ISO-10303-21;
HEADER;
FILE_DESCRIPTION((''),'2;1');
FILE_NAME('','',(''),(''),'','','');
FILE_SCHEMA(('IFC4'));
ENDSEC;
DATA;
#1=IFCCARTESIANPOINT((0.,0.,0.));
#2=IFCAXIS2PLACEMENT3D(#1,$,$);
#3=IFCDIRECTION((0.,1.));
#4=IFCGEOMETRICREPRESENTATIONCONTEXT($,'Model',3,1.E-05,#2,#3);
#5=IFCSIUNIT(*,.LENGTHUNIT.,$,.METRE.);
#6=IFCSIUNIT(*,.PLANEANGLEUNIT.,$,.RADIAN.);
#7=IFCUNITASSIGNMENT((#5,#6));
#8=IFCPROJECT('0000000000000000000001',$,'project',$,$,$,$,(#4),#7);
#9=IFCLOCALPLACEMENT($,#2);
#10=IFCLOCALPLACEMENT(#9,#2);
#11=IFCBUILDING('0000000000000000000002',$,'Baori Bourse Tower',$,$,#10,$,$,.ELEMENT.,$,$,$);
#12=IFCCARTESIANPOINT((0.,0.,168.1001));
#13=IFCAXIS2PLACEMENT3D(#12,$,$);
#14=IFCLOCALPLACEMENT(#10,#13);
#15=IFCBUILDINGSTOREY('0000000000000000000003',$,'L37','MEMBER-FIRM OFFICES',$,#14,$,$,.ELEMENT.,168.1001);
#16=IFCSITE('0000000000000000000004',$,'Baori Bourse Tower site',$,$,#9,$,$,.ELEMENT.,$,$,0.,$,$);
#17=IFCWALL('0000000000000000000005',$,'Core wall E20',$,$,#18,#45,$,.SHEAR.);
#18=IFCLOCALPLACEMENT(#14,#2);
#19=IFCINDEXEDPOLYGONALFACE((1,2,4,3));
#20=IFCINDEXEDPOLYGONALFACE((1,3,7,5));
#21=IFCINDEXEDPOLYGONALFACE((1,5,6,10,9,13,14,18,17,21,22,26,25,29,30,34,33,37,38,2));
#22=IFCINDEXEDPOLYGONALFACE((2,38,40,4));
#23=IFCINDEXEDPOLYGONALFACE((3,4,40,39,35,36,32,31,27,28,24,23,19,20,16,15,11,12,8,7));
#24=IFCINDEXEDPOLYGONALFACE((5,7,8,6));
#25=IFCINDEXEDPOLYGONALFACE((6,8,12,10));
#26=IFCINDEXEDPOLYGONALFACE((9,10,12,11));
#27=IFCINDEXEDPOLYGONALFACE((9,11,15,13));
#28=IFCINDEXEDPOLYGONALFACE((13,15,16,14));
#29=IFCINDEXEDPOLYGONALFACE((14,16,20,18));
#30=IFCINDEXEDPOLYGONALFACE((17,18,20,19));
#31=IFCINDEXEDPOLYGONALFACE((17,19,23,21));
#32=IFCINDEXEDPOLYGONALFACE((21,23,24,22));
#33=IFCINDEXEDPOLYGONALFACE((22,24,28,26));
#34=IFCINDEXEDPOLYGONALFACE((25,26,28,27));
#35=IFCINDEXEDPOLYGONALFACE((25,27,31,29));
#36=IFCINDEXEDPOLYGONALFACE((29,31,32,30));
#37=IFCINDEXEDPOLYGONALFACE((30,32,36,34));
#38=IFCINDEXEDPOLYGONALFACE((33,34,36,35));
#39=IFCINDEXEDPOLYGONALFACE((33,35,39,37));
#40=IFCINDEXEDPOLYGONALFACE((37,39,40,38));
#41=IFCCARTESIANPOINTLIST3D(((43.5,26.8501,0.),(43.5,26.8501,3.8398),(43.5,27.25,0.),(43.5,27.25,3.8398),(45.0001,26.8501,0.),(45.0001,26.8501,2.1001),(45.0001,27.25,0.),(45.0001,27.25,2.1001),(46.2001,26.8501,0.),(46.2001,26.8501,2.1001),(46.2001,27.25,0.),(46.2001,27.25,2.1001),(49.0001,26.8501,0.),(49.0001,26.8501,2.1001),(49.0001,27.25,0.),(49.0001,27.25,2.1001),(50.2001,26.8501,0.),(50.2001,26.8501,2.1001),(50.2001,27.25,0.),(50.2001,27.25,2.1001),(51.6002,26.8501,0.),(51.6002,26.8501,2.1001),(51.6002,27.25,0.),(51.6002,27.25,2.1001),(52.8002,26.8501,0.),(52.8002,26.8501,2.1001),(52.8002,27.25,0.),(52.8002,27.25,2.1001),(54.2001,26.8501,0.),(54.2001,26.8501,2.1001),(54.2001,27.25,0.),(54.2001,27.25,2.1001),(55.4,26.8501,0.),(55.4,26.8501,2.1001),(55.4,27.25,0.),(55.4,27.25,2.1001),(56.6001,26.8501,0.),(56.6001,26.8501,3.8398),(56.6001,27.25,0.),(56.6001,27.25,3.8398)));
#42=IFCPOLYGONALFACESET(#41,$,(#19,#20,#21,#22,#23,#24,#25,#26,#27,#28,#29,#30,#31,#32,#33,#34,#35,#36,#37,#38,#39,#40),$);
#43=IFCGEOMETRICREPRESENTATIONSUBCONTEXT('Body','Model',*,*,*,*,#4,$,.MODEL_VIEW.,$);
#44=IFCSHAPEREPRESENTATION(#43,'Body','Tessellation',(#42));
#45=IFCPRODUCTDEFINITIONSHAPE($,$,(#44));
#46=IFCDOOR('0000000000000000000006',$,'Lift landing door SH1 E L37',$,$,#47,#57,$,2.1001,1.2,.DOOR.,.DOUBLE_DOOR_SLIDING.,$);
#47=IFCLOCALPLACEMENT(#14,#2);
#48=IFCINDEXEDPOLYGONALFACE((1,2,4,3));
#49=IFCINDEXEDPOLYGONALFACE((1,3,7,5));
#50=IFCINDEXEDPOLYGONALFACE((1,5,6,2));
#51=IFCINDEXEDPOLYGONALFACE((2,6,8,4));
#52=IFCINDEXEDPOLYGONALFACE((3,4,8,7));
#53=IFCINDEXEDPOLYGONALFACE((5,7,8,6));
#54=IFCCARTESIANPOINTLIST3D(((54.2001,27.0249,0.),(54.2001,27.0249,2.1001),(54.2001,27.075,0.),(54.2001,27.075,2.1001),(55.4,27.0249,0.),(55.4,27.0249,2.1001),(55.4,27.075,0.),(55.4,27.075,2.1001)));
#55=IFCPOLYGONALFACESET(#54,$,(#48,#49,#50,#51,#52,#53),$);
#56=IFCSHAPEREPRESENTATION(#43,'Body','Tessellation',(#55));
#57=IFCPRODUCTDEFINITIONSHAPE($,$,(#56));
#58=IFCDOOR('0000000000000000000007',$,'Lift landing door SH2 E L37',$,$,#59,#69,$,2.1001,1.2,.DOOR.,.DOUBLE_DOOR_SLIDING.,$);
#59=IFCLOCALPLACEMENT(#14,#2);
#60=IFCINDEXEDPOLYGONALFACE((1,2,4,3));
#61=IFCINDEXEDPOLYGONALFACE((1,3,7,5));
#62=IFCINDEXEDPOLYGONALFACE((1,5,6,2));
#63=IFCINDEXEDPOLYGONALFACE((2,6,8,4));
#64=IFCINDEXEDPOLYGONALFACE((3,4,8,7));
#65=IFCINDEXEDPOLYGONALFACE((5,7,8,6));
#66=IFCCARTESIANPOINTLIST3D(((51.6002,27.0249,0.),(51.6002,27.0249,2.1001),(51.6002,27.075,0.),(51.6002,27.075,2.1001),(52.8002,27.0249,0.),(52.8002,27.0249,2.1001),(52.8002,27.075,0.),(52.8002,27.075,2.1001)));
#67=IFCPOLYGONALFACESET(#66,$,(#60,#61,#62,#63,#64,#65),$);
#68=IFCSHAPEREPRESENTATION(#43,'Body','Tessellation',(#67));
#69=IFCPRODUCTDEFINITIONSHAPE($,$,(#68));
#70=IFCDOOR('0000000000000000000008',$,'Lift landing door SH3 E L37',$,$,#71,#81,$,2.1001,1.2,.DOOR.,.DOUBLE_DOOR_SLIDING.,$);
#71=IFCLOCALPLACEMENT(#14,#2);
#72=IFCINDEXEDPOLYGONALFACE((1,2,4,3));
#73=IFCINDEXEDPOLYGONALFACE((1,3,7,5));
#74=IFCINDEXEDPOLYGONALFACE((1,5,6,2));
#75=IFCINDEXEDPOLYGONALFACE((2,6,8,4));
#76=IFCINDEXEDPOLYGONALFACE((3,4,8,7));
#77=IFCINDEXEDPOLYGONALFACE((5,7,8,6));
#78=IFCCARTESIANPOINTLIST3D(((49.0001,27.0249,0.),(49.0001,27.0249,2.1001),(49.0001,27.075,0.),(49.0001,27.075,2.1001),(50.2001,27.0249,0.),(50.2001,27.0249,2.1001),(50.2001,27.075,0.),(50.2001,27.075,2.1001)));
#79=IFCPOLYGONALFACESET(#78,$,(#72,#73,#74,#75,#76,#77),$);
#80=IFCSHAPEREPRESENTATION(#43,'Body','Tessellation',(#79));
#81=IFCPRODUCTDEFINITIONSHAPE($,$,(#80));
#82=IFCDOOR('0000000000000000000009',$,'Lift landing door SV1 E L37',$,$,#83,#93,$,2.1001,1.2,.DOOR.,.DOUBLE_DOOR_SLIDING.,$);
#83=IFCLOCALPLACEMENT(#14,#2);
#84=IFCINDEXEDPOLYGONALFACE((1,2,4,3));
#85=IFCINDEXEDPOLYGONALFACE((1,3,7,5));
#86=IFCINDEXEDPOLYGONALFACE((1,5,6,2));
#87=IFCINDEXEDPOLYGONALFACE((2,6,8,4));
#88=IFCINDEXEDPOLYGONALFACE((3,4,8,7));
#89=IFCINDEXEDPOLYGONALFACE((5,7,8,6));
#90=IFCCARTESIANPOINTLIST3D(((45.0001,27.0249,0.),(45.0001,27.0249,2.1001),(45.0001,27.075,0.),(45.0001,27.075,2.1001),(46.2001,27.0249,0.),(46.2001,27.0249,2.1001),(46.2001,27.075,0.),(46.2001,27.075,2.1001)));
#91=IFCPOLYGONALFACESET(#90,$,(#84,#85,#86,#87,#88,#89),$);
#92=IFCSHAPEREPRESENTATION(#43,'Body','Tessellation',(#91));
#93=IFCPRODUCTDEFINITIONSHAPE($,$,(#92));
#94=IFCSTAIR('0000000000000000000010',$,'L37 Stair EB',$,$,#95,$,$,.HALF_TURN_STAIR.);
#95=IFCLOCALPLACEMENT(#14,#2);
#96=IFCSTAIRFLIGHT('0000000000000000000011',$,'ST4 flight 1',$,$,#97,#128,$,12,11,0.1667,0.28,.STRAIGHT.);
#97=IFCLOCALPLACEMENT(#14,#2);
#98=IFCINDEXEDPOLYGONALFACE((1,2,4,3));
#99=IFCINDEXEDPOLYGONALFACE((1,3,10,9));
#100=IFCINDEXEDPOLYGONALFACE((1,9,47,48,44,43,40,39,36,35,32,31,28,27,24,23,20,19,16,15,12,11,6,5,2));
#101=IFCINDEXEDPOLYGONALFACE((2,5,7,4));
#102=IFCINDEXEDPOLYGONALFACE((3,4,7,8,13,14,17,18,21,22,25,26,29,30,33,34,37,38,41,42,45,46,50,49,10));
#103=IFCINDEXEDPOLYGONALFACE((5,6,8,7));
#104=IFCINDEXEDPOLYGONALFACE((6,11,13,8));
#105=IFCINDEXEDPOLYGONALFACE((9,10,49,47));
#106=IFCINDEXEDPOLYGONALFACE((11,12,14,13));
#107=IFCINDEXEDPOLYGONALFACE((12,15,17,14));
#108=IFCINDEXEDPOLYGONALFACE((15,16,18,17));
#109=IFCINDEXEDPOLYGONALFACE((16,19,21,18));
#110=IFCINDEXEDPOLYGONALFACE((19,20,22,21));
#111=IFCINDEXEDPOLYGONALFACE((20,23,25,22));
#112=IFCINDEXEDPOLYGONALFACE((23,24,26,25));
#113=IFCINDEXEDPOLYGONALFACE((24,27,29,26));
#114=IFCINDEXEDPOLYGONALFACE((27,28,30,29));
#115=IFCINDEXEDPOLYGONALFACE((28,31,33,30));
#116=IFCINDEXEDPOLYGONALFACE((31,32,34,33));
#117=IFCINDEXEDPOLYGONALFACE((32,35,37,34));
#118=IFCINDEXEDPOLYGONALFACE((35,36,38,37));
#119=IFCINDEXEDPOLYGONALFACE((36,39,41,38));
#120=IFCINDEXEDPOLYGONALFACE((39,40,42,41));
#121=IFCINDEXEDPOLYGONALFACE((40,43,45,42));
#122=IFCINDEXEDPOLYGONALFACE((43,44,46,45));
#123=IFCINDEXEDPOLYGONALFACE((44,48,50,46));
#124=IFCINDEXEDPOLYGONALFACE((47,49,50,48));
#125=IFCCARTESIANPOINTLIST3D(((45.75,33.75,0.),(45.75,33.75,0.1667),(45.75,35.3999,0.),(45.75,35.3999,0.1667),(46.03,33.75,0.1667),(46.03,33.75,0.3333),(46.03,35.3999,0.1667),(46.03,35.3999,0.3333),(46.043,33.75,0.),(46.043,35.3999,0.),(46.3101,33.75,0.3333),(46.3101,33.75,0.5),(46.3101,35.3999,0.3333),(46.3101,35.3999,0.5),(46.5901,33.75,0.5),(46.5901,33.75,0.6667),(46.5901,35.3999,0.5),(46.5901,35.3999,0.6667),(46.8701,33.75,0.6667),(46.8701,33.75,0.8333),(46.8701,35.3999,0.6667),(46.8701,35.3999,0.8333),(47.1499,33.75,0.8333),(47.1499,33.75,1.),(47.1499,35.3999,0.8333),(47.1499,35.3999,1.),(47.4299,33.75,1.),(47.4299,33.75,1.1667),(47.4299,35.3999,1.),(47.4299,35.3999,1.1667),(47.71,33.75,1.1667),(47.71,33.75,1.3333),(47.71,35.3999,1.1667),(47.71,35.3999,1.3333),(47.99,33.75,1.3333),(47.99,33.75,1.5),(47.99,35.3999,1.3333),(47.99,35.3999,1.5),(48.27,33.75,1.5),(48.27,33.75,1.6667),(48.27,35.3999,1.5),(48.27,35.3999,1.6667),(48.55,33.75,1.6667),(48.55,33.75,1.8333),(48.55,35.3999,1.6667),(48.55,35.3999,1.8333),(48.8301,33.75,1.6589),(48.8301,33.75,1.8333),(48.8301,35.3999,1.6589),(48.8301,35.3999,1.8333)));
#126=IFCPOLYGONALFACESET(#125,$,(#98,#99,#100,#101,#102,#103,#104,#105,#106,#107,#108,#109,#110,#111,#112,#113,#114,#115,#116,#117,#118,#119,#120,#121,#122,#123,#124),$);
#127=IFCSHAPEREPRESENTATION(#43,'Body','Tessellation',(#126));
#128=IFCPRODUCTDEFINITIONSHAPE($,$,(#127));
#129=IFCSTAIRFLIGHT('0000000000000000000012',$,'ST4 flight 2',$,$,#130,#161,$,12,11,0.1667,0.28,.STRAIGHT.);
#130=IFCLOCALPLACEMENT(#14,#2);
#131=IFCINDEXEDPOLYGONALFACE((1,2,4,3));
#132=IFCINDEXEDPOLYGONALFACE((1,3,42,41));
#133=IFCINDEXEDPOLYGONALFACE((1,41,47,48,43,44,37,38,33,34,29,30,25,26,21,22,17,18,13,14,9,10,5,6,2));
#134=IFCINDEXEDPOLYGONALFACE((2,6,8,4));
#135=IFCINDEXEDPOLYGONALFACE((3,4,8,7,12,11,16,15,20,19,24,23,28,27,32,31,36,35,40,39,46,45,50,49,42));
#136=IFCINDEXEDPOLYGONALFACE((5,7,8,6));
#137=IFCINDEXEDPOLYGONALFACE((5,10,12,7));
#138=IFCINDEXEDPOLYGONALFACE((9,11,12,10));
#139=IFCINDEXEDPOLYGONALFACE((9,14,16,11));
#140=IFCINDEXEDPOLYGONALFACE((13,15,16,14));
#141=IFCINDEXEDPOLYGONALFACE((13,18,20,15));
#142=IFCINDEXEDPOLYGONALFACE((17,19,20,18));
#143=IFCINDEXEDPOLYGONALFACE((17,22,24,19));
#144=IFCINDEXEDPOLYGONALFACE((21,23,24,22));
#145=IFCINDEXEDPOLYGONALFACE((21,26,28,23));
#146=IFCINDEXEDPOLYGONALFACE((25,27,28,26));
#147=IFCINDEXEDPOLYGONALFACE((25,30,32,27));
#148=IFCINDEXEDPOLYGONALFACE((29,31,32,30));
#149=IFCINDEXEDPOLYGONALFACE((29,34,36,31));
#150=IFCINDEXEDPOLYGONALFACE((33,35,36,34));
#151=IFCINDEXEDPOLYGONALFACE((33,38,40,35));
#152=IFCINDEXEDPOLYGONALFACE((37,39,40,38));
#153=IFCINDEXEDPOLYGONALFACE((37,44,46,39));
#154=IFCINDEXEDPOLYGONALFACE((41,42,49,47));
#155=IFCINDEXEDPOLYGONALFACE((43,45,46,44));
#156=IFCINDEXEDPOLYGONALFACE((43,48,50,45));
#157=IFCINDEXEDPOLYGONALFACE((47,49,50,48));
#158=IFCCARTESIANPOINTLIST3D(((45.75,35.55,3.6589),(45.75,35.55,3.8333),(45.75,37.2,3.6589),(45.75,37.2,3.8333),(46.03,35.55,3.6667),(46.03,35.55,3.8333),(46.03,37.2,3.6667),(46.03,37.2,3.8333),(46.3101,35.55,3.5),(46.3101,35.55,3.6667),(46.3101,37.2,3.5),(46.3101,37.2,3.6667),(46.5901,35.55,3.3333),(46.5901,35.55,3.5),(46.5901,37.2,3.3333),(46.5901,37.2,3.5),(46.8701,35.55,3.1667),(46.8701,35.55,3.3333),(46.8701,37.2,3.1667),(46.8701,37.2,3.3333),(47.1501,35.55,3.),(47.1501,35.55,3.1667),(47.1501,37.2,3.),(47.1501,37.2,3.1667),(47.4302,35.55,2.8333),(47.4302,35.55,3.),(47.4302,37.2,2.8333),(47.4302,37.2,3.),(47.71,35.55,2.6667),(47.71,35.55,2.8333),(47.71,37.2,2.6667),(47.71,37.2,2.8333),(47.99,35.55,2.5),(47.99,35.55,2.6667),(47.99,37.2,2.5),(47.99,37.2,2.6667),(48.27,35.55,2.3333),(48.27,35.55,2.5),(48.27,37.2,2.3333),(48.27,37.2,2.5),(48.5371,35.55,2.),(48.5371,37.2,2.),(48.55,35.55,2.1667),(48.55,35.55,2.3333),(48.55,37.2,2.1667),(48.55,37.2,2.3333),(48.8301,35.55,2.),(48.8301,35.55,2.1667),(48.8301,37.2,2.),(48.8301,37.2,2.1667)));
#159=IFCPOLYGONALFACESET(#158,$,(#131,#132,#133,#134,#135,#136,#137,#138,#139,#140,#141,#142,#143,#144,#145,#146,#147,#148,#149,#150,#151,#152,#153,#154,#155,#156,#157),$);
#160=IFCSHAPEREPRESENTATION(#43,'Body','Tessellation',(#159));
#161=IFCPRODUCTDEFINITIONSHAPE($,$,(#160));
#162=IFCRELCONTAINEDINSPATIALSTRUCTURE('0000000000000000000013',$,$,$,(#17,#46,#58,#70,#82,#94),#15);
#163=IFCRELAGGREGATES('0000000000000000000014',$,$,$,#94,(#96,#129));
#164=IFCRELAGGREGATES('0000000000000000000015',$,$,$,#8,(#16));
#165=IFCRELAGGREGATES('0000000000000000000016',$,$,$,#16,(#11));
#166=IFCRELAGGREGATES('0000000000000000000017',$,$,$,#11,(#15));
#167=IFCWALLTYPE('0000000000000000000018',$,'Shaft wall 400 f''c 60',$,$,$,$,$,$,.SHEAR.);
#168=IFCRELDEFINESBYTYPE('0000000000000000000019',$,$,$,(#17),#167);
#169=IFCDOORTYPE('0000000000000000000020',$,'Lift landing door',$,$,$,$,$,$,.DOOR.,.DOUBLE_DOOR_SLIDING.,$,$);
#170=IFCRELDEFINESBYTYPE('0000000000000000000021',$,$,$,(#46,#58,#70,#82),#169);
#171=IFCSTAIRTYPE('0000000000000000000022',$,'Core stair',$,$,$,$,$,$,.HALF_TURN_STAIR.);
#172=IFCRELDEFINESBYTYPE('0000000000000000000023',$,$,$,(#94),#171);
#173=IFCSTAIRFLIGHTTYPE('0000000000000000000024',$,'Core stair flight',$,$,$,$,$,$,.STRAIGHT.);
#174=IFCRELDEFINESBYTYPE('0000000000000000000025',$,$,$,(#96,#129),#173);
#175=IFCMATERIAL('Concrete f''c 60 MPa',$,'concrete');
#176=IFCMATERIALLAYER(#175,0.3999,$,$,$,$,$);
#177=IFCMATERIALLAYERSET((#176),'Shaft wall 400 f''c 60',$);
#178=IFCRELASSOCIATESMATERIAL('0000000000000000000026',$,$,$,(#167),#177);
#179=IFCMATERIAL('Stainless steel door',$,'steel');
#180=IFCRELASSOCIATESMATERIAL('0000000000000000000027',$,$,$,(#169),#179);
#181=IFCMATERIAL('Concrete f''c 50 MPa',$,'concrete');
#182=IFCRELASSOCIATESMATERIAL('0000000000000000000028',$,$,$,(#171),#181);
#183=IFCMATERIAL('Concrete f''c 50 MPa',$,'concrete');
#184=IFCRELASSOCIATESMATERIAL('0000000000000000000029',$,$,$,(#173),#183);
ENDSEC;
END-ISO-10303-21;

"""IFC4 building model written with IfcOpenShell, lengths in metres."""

from ifc_helpers import new_model, si_unit, direction, frame, frame_2d, origin, place, context, subcontext, project, spatial, polyline, rectangle, outline, extrude, material, layer, layer_set, type_object, element, fill, aggregate, save


model = new_model("IFC4")

# Units and contexts
model_context = context("Model", 3, precision=1e-05, world=origin(), true_north=direction((0.0, 1.0)))
body_context = subcontext(model_context, "Body", "Model", "MODEL_VIEW")
ifc_project = project(units=[si_unit("LENGTHUNIT", "METRE"), si_unit("PLANEANGLEUNIT", "RADIAN")], contexts=[model_context])

# Site, building, storey
site_placement = place(None, origin())
site = spatial("IfcSite", under=ifc_project, at=site_placement, Name="Baori Bourse Tower site", CompositionType="ELEMENT", RefElevation=0.0)
building_placement = place(site_placement, origin())
building = spatial("IfcBuilding", under=site, at=building_placement, Name="Baori Bourse Tower", CompositionType="ELEMENT")
storey_placement = place(building_placement, frame((0.0, 0.0, 168.1001)))
storey = spatial("IfcBuildingStorey", under=building, at=storey_placement, Name="L37", Description="MEMBER-FIRM OFFICES", CompositionType="ELEMENT", Elevation=168.1001)

# Wall, openings, doors
ifc_material_1 = material(Name="Concrete f'c 60 MPa", Category="concrete")
ifc_layer_1 = layer(ifc_material_1, 0.3999)
ifc_layer_set_1 = layer_set([ifc_layer_1], Name="Shaft wall 400 f'c 60")
wall_type_1 = type_object("IfcWallType", Name="Shaft wall 400 f'c 60", PredefinedType="SHEAR", material=ifc_layer_set_1)
wall_1_placement = place(storey_placement, frame((43.5, 27.05, 0.0), z_axis=(0.0, 0.0, 1.0), x_axis=(1.0, 0.0, 0.0)))
wall_1 = element("IfcWall", 1, at=wall_1_placement, inside=storey, type_object=wall_type_1, Name="Core wall E20", PredefinedType="SHEAR", context=body_context, shape_type="SweptSolid", body=[
    extrude(rectangle(XDim=13.1001, YDim=0.3999, at=frame_2d((6.55, 0.0))), origin(), (0.0, 0.0, 1.0), 3.8398),
])
opening_1_placement = place(wall_1_placement, frame((10.7, 0.0, 0.0)))
opening_1 = element("IfcOpeningElement", 2, at=opening_1_placement, cuts=wall_1, PredefinedType="OPENING", context=body_context, shape_type="SweptSolid", body=[
    extrude(rectangle(XDim=1.2, YDim=2.1001, at=frame_2d((0.6001, 1.05))), frame((0.0, 0.21, 0.0), z_axis=(0.0, -1.0, 0.0), x_axis=(1.0, 0.0, 0.0)), (0.0, 0.0, 1.0), 0.4199),
])
opening_2_placement = place(wall_1_placement, frame((8.1001, 0.0, 0.0)))
opening_2 = element("IfcOpeningElement", 3, at=opening_2_placement, cuts=wall_1, PredefinedType="OPENING", context=body_context, shape_type="SweptSolid", body=[
    extrude(rectangle(XDim=1.2, YDim=2.1001, at=frame_2d((0.6001, 1.05))), frame((0.0, 0.21, 0.0), z_axis=(0.0, -1.0, 0.0), x_axis=(1.0, 0.0, 0.0)), (0.0, 0.0, 1.0), 0.4199),
])
opening_3_placement = place(wall_1_placement, frame((5.5, 0.0, 0.0)))
opening_3 = element("IfcOpeningElement", 4, at=opening_3_placement, cuts=wall_1, PredefinedType="OPENING", context=body_context, shape_type="SweptSolid", body=[
    extrude(rectangle(XDim=1.2, YDim=2.1001, at=frame_2d((0.6001, 1.05))), frame((0.0, 0.21, 0.0), z_axis=(0.0, -1.0, 0.0), x_axis=(1.0, 0.0, 0.0)), (0.0, 0.0, 1.0), 0.4199),
])
opening_4_placement = place(wall_1_placement, frame((1.5, 0.0, 0.0)))
opening_4 = element("IfcOpeningElement", 5, at=opening_4_placement, cuts=wall_1, PredefinedType="OPENING", context=body_context, shape_type="SweptSolid", body=[
    extrude(rectangle(XDim=1.2, YDim=2.1001, at=frame_2d((0.6001, 1.05))), frame((0.0, 0.21, 0.0), z_axis=(0.0, -1.0, 0.0), x_axis=(1.0, 0.0, 0.0)), (0.0, 0.0, 1.0), 0.4199),
])
ifc_material_2 = material(Name="Stainless steel door", Category="steel")
door_type_1 = type_object("IfcDoorType", Name="Lift landing door", OperationType="DOUBLE_DOOR_SLIDING", PredefinedType="DOOR", material=ifc_material_2)
door_1_placement = place(opening_1_placement, origin())
door_1 = element("IfcDoor", 6, at=door_1_placement, inside=storey, type_object=door_type_1, Name="Lift landing door SH1 E L37", OperationType="DOUBLE_DOOR_SLIDING", OverallHeight=2.1001, OverallWidth=1.2, PredefinedType="DOOR", context=body_context, shape_type="SweptSolid", body=[
    extrude(rectangle(XDim=1.2, YDim=2.1001, at=frame_2d((0.6001, 1.05))), frame((0.0, 0.0249, 0.0), z_axis=(0.0, -1.0, 0.0), x_axis=(1.0, 0.0, 0.0)), (0.0, 0.0, 1.0), 0.05),
])
fill(opening_1, door_1)
door_2_placement = place(opening_2_placement, origin())
door_2 = element("IfcDoor", 7, at=door_2_placement, inside=storey, type_object=door_type_1, Name="Lift landing door SH2 E L37", OperationType="DOUBLE_DOOR_SLIDING", OverallHeight=2.1001, OverallWidth=1.2, PredefinedType="DOOR", context=body_context, shape_type="SweptSolid", body=[
    extrude(rectangle(XDim=1.2, YDim=2.1001, at=frame_2d((0.6001, 1.05))), frame((0.0, 0.0249, 0.0), z_axis=(0.0, -1.0, 0.0), x_axis=(1.0, 0.0, 0.0)), (0.0, 0.0, 1.0), 0.05),
])
fill(opening_2, door_2)
door_3_placement = place(opening_3_placement, origin())
door_3 = element("IfcDoor", 8, at=door_3_placement, inside=storey, type_object=door_type_1, Name="Lift landing door SH3 E L37", OperationType="DOUBLE_DOOR_SLIDING", OverallHeight=2.1001, OverallWidth=1.2, PredefinedType="DOOR", context=body_context, shape_type="SweptSolid", body=[
    extrude(rectangle(XDim=1.2, YDim=2.1001, at=frame_2d((0.6001, 1.05))), frame((0.0, 0.0249, 0.0), z_axis=(0.0, -1.0, 0.0), x_axis=(1.0, 0.0, 0.0)), (0.0, 0.0, 1.0), 0.05),
])
fill(opening_3, door_3)
door_4_placement = place(opening_4_placement, origin())
door_4 = element("IfcDoor", 9, at=door_4_placement, inside=storey, type_object=door_type_1, Name="Lift landing door SV1 E L37", OperationType="DOUBLE_DOOR_SLIDING", OverallHeight=2.1001, OverallWidth=1.2, PredefinedType="DOOR", context=body_context, shape_type="SweptSolid", body=[
    extrude(rectangle(XDim=1.2, YDim=2.1001, at=frame_2d((0.6001, 1.05))), frame((0.0, 0.0249, 0.0), z_axis=(0.0, -1.0, 0.0), x_axis=(1.0, 0.0, 0.0)), (0.0, 0.0, 1.0), 0.05),
])
fill(opening_4, door_4)

# Stair, stair flights
ifc_material_3 = material(Name="Concrete f'c 50 MPa", Category="concrete")
stair_type = type_object("IfcStairType", Name="Core stair", PredefinedType="HALF_TURN_STAIR", material=ifc_material_3)
stair_placement = place(storey_placement, origin())
stair = element("IfcStair", 10, at=stair_placement, inside=storey, type_object=stair_type, Name="L37 Stair EB", PredefinedType="HALF_TURN_STAIR")
ifc_material_4 = material(Name="Concrete f'c 50 MPa", Category="concrete")
stair_flight_type = type_object("IfcStairFlightType", Name="Core stair flight", PredefinedType="STRAIGHT", material=ifc_material_4)
stair_flight_1_placement = place(storey_placement, frame((45.75, 34.575, 0.0), z_axis=(0.0, 0.0, 1.0), x_axis=(1.0, 0.0, 0.0)))
stair_flight_1 = element("IfcStairFlight", 11, at=stair_flight_1_placement, type_object=stair_flight_type, Name="ST4 flight 1", NumberOfRisers=12, NumberOfTreads=11, PredefinedType="STRAIGHT", RiserHeight=0.1667, TreadLength=0.28, context=body_context, shape_type="SweptSolid", body=[
    extrude(outline(polyline([(0.0, 0.0), (0.0, 0.1667), (0.28, 0.1667), (0.28, 0.3333), (0.5601, 0.3333), (0.5601, 0.5), (0.8401, 0.5), (0.8401, 0.6667), (1.1201, 0.6667), (1.1201, 0.8333), (1.3999, 0.8333), (1.3999, 1.0), (1.6799, 1.0), (1.6799, 1.1667), (1.96, 1.1667), (1.96, 1.3333), (2.24, 1.3333), (2.24, 1.5), (2.52, 1.5), (2.52, 1.6667), (2.8, 1.6667), (2.8, 1.8333), (3.0801, 1.8333), (3.0801, 2.0), (3.0801, 1.6589), (0.293, 0.0), (0.0, 0.0)])), frame((0.0, 0.825, 0.0), z_axis=(0.0, -1.0, 0.0), x_axis=(1.0, 0.0, 0.0)), (0.0, 0.0, 1.0), 1.6499),
])
stair_flight_2_placement = place(storey_placement, frame((48.8301, 36.375, 2.0), z_axis=(0.0, 0.0, 1.0), x_axis=(-1.0, 0.0, 0.0)))
stair_flight_2 = element("IfcStairFlight", 12, at=stair_flight_2_placement, type_object=stair_flight_type, Name="ST4 flight 2", NumberOfRisers=12, NumberOfTreads=11, PredefinedType="STRAIGHT", RiserHeight=0.1667, TreadLength=0.28, context=body_context, shape_type="SweptSolid", body=[
    extrude(outline(polyline([(0.0, 0.0), (0.0, 0.1667), (0.28, 0.1667), (0.28, 0.3333), (0.5601, 0.3333), (0.5601, 0.5), (0.8401, 0.5), (0.8401, 0.6667), (1.1201, 0.6667), (1.1201, 0.8333), (1.3999, 0.8333), (1.3999, 1.0), (1.6799, 1.0), (1.6799, 1.1667), (1.96, 1.1667), (1.96, 1.3333), (2.24, 1.3333), (2.24, 1.5), (2.52, 1.5), (2.52, 1.6667), (2.8, 1.6667), (2.8, 1.8333), (3.0801, 1.8333), (3.0801, 2.0), (3.0801, 1.6589), (0.293, 0.0), (0.0, 0.0)])), frame((0.0, 0.825, 0.0), z_axis=(0.0, -1.0, 0.0), x_axis=(1.0, 0.0, 0.0)), (0.0, 0.0, 1.0), 1.6499),
])
aggregate(stair, [stair_flight_1, stair_flight_2])

save(model, "model.ifc")
